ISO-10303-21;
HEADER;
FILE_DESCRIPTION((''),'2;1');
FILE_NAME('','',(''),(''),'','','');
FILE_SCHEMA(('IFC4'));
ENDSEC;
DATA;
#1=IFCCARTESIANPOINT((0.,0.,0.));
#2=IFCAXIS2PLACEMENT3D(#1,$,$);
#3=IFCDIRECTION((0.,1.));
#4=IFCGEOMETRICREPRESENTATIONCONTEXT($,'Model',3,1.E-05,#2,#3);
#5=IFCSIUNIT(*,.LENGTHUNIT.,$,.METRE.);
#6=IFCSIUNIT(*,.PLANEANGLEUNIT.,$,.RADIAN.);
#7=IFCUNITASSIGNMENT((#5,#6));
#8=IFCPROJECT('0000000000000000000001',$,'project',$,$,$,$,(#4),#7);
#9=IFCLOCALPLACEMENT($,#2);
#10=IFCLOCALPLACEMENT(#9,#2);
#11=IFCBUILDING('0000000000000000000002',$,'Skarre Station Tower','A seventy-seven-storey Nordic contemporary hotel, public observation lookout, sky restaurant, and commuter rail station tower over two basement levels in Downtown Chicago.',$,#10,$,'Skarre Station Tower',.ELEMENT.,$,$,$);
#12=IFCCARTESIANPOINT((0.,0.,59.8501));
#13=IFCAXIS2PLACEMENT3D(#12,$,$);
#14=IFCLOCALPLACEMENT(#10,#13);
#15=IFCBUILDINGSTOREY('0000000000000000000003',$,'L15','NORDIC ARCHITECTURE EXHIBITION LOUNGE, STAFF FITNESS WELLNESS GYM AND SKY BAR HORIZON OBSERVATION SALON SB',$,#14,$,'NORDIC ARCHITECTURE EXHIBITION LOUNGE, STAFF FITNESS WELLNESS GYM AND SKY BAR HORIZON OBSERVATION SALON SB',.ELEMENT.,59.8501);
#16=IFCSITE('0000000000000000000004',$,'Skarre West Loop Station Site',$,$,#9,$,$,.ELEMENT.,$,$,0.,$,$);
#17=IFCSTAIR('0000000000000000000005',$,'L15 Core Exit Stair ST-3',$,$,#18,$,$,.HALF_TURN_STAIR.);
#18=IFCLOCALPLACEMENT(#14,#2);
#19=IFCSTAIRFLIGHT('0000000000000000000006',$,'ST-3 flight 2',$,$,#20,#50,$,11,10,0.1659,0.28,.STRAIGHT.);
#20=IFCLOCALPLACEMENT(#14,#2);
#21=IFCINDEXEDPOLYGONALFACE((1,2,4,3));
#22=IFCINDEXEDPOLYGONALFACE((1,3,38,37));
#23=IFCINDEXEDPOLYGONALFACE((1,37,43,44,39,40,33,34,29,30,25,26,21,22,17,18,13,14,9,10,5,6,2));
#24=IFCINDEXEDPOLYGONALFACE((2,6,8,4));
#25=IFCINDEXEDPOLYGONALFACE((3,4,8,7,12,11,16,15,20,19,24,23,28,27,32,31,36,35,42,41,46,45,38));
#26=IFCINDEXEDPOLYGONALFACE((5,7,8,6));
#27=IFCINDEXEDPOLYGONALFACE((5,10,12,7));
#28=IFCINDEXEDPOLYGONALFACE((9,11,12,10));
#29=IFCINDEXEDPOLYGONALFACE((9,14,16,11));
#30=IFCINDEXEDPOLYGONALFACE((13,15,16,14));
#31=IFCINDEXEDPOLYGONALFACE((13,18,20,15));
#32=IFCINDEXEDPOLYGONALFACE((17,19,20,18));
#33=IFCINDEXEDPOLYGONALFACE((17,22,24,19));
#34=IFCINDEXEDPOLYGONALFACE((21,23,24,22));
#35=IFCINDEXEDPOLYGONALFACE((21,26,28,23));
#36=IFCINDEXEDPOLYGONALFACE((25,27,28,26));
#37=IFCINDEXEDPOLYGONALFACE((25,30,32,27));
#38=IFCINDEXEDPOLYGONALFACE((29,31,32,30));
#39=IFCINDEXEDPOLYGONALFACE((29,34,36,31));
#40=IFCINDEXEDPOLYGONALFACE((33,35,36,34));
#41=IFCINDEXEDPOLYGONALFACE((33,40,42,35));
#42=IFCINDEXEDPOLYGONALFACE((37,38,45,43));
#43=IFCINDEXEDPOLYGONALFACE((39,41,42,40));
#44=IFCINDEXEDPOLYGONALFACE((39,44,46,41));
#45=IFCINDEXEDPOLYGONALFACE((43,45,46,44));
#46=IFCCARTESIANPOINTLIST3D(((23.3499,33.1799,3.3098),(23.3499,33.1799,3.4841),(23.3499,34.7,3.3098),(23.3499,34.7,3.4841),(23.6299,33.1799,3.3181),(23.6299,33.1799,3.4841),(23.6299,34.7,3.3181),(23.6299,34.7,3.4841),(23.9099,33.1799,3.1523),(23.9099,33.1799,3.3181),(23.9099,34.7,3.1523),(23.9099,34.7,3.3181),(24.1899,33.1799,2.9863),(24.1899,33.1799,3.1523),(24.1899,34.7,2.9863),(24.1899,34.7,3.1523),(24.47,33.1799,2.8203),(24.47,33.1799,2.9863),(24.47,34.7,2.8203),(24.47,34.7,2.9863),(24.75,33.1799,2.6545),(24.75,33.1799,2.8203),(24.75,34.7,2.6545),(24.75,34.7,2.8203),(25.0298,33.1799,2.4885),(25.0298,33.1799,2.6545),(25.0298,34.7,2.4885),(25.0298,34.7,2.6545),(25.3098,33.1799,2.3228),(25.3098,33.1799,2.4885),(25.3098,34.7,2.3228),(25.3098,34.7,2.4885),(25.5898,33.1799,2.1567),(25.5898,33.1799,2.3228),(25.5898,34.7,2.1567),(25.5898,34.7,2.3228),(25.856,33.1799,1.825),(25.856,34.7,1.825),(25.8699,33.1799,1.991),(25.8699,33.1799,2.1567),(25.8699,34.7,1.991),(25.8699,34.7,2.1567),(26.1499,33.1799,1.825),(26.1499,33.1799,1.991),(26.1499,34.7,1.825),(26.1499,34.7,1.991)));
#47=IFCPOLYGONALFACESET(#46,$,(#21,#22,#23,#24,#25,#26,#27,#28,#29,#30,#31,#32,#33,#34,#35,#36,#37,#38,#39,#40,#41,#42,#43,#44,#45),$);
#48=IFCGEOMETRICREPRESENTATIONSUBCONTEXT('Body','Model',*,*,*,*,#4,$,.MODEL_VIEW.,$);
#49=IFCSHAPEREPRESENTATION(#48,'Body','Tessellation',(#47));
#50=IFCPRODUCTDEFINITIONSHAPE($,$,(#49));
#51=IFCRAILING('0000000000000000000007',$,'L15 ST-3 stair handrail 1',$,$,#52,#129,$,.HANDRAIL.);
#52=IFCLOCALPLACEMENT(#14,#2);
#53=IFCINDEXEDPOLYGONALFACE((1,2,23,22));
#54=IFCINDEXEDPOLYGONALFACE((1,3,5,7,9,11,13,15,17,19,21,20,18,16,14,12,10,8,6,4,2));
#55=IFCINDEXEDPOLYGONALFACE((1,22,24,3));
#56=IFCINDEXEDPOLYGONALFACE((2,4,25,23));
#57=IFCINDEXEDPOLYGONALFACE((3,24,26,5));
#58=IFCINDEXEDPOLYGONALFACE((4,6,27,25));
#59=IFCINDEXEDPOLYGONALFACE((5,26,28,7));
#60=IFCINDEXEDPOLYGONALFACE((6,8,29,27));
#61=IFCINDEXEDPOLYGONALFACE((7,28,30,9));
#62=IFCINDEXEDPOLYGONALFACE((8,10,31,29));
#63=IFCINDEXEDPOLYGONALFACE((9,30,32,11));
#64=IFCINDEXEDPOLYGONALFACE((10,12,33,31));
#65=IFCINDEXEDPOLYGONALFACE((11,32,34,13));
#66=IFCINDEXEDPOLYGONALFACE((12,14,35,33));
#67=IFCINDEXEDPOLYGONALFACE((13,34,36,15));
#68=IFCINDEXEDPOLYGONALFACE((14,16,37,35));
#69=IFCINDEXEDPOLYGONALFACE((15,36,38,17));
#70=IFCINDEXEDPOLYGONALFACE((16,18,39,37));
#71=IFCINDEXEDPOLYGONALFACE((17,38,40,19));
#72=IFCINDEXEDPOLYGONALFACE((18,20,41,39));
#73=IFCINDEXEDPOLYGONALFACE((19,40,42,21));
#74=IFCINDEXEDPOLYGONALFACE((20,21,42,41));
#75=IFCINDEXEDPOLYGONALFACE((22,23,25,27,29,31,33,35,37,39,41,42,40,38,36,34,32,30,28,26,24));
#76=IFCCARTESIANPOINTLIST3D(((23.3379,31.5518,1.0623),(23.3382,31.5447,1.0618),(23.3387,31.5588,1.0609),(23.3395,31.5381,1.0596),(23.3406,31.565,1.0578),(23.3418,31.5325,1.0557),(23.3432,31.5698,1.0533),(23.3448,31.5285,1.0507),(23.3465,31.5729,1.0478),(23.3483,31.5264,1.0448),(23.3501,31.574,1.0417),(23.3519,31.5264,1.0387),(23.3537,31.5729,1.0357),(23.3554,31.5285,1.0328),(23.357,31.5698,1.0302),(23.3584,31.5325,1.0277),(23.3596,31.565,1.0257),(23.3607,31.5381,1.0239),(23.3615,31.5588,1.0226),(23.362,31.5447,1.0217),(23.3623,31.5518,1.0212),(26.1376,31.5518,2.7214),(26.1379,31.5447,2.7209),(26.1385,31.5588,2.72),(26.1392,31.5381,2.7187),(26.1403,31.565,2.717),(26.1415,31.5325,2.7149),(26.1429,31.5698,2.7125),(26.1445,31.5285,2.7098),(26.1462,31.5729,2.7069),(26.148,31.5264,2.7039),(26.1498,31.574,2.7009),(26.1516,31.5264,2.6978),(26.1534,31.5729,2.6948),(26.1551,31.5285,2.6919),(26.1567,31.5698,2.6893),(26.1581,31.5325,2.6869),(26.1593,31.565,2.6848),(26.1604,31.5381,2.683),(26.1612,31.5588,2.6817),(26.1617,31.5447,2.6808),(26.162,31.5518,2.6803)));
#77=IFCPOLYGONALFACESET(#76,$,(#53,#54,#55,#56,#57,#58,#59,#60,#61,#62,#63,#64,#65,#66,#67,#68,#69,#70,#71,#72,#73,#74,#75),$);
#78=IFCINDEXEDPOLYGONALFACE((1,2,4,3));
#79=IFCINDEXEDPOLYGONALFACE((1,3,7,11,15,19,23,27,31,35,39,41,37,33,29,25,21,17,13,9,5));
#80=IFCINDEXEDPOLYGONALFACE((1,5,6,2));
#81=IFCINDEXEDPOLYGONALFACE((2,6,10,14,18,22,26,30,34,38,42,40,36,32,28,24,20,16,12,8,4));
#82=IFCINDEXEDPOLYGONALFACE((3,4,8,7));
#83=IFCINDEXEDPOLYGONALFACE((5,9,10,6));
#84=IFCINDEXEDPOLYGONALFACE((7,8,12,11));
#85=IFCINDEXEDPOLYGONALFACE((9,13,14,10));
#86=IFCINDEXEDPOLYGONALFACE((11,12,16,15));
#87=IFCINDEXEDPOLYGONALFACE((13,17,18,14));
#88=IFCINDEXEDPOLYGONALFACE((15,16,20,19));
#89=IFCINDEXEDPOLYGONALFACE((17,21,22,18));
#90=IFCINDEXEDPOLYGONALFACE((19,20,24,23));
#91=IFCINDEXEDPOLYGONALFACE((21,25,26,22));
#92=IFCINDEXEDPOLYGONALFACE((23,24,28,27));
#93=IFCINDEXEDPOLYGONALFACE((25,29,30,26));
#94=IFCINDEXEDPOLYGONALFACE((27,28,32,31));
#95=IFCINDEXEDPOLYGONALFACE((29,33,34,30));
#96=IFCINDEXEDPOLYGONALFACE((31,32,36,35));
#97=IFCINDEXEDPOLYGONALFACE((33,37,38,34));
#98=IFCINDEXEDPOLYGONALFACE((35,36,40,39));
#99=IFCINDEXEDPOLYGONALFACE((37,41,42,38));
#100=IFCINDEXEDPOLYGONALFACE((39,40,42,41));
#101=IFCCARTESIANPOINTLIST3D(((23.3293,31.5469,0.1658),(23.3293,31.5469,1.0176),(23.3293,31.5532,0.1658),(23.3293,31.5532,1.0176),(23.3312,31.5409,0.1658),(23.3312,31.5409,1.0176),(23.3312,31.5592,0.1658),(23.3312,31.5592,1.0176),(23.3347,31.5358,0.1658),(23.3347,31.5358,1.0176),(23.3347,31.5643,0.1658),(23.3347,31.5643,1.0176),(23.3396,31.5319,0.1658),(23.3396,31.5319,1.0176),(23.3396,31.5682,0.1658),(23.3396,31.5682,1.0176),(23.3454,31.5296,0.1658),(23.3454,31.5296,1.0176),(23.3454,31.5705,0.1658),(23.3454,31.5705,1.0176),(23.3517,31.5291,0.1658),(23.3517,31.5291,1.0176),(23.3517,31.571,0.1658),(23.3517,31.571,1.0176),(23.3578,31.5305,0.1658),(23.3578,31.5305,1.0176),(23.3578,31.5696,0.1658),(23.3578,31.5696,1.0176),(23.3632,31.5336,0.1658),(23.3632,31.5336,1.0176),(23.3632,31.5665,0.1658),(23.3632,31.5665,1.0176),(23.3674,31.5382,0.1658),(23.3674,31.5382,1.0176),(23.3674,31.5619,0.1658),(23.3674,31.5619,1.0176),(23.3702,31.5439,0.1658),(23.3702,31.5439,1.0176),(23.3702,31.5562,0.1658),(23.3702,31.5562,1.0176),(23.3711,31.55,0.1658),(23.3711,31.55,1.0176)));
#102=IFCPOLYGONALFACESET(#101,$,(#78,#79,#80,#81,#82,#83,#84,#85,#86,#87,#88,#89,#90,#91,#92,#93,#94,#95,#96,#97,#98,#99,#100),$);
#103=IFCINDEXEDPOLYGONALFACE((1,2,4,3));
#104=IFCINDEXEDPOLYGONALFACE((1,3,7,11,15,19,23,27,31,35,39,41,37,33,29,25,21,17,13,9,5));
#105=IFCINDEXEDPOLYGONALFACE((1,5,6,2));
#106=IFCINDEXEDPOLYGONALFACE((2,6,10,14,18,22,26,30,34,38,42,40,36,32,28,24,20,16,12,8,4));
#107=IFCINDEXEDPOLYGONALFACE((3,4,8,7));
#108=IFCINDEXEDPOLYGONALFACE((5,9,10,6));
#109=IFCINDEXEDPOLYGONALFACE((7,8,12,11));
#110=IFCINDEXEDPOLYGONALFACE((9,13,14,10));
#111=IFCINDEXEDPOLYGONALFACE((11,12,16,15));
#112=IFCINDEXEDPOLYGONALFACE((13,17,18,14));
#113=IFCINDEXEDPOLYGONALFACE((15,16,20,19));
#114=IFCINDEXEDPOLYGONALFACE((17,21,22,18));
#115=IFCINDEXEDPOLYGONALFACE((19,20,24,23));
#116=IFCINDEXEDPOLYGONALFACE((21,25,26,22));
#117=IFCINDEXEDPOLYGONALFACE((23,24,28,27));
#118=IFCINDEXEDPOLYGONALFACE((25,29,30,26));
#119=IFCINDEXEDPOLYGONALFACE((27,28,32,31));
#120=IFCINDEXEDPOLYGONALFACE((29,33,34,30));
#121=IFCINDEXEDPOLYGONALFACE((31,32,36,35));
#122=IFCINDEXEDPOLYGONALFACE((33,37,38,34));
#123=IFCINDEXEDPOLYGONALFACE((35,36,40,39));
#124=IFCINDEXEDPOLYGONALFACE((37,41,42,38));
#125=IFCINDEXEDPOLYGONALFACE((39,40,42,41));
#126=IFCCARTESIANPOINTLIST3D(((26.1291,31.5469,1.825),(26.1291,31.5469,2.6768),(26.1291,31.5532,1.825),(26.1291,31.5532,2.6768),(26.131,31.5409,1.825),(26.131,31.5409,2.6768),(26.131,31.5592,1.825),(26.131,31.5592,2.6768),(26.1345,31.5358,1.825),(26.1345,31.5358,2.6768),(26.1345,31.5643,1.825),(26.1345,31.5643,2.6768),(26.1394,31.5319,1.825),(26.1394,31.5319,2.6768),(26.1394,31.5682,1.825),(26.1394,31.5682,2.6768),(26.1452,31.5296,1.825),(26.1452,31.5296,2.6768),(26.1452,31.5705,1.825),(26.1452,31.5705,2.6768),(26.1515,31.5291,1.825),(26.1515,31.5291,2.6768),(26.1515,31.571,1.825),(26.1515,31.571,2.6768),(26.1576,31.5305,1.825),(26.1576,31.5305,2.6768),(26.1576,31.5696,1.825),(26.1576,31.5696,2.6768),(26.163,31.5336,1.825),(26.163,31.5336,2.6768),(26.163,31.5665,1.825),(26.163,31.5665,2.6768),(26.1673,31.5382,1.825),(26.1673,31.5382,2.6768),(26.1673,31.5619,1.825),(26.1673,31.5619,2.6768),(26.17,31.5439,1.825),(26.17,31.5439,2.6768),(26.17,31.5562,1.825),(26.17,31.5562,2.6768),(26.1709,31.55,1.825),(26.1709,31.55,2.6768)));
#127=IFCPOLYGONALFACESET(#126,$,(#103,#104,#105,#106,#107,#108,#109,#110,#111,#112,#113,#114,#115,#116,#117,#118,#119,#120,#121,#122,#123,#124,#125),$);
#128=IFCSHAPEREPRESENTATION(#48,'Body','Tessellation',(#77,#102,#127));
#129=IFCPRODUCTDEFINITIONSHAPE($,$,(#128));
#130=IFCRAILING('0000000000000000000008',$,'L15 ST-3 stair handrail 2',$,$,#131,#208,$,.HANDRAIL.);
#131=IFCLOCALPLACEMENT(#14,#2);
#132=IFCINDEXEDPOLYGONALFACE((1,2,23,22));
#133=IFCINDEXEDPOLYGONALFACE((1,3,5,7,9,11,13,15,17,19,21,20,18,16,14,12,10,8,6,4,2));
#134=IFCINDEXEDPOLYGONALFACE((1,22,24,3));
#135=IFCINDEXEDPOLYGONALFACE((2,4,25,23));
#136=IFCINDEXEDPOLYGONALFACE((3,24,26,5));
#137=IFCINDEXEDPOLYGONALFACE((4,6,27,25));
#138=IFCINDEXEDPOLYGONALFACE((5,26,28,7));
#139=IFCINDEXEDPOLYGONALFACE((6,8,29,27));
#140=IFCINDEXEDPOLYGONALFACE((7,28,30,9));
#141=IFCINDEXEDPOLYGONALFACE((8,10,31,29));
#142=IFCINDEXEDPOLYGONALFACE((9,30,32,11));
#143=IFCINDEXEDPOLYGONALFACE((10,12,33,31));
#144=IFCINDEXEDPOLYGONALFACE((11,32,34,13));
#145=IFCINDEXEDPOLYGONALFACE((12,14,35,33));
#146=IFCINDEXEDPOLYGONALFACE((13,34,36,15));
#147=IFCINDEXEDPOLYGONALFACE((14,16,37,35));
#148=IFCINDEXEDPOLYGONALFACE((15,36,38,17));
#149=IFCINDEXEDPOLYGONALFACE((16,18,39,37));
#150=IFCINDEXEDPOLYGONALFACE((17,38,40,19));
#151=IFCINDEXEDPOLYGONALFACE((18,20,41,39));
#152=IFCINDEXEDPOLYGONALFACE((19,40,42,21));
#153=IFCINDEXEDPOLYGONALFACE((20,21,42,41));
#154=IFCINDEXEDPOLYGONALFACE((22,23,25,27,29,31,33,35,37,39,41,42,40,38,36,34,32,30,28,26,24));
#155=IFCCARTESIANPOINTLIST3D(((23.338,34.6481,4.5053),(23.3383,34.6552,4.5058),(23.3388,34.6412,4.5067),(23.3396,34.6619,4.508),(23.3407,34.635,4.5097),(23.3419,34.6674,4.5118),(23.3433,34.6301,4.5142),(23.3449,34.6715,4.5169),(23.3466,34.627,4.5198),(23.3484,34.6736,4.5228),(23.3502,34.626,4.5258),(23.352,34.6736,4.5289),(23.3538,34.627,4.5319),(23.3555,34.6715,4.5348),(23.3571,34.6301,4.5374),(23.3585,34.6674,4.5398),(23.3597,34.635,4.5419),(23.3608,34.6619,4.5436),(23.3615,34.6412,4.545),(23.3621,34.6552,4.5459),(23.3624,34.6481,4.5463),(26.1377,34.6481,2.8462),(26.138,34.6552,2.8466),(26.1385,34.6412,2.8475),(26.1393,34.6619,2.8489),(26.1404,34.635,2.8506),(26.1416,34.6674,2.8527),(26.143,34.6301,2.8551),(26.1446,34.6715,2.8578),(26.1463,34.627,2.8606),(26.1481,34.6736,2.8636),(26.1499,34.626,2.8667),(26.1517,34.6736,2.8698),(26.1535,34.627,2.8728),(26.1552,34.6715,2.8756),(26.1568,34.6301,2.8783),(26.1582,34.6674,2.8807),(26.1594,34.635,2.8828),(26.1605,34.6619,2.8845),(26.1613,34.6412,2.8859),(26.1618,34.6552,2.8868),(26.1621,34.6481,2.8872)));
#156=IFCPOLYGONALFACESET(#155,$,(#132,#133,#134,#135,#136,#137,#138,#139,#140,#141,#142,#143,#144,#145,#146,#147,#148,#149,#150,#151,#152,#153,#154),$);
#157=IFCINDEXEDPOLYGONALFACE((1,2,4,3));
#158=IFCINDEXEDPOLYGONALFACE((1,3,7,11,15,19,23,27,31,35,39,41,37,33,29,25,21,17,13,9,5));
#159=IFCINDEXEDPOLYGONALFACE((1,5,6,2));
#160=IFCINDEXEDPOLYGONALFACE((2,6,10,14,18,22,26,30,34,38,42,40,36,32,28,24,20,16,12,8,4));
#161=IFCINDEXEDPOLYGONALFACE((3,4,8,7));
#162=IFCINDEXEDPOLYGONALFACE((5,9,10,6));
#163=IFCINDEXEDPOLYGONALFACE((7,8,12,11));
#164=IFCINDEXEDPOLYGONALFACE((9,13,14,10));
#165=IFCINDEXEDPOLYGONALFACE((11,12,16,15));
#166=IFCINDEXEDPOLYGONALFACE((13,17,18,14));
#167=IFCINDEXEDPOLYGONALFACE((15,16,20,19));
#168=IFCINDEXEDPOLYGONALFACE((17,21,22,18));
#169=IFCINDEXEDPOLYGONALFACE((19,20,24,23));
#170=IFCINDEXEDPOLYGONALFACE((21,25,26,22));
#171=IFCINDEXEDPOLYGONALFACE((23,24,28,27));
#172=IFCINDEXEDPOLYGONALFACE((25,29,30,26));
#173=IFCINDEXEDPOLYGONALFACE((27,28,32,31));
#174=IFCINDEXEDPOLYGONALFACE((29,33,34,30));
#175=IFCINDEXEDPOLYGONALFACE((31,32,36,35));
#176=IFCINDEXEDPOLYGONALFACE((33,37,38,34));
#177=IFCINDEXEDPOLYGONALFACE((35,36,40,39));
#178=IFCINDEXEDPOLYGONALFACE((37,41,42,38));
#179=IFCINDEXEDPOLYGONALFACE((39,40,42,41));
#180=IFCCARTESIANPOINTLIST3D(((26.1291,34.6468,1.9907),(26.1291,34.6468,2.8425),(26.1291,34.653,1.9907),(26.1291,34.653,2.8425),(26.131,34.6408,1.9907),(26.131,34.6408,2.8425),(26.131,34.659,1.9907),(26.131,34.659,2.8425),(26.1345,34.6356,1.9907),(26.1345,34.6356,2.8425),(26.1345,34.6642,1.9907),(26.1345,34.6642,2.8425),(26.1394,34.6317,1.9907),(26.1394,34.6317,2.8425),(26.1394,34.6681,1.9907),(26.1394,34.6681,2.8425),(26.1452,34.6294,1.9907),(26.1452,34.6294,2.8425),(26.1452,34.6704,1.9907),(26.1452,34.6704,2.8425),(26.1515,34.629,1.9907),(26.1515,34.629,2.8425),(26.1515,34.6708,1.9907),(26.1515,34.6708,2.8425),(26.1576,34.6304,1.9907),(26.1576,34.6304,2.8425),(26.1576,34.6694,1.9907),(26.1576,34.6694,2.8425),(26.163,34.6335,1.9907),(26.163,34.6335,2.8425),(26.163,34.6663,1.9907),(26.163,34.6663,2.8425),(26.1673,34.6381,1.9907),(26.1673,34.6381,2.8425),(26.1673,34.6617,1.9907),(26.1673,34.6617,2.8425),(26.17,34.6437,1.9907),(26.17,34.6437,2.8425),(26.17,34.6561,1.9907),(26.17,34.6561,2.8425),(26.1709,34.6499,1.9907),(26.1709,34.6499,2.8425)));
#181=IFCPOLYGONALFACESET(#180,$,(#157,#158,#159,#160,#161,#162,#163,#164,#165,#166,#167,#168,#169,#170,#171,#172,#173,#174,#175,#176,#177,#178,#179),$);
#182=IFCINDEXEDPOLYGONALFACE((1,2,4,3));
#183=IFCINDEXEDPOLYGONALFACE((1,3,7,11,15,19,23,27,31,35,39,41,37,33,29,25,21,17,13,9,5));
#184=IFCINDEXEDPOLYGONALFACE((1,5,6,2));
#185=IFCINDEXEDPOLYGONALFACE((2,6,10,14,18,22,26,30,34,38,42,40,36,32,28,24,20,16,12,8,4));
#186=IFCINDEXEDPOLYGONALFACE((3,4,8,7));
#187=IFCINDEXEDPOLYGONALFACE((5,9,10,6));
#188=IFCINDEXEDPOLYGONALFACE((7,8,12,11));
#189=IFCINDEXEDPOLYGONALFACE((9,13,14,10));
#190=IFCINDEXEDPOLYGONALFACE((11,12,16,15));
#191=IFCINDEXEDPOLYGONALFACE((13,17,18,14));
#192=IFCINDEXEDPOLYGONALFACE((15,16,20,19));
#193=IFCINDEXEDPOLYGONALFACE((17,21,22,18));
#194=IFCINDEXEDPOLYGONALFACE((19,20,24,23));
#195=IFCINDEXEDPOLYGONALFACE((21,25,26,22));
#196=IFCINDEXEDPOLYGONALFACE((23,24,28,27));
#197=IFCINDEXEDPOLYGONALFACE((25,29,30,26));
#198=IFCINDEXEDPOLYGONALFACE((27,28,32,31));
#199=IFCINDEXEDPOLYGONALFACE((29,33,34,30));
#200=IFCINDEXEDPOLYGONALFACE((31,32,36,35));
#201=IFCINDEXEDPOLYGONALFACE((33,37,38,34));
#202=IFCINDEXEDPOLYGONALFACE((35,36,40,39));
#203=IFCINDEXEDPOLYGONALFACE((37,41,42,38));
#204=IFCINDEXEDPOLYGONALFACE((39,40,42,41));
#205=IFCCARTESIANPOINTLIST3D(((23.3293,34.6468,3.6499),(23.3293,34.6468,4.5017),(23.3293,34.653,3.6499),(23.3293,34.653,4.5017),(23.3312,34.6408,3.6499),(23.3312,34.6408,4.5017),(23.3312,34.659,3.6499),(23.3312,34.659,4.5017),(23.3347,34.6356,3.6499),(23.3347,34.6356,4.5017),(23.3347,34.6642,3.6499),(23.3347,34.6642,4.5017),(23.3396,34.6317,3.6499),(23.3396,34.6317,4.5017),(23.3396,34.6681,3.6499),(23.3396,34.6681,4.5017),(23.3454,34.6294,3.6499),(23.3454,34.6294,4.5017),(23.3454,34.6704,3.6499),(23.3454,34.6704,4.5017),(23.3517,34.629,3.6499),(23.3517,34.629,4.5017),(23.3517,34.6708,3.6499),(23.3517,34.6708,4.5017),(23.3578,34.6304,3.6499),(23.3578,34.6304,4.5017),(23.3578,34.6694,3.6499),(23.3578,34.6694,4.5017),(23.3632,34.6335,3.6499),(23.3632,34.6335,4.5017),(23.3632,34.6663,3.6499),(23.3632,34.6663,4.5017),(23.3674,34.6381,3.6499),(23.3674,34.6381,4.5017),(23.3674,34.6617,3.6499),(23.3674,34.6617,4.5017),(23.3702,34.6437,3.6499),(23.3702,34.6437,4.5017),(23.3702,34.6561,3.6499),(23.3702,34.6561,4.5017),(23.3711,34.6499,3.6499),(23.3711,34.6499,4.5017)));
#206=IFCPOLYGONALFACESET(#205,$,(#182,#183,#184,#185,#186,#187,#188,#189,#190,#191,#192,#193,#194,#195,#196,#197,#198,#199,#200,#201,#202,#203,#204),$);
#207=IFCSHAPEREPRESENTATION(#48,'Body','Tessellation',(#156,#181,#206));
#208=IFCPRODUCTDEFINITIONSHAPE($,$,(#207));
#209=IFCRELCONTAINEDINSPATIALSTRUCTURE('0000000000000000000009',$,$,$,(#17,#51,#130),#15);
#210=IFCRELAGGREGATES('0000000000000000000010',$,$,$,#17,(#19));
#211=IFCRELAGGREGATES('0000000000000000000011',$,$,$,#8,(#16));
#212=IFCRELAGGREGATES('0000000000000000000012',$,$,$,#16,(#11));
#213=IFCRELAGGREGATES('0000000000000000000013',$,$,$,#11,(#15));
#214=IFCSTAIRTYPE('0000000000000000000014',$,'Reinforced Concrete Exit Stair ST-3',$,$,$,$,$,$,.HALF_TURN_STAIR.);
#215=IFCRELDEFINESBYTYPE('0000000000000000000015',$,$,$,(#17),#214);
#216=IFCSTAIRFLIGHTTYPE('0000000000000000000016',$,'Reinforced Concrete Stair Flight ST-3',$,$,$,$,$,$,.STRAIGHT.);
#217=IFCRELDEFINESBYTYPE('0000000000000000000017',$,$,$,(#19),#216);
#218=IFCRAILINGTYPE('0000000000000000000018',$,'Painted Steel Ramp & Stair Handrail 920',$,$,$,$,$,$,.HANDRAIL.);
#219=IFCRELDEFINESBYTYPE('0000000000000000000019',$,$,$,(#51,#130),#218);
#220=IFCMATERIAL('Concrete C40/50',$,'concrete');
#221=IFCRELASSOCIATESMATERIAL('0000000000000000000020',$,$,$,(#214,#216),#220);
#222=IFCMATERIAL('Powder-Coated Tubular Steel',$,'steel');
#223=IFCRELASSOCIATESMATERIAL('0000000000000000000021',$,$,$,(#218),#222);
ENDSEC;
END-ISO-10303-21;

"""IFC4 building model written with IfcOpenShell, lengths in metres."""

from ifc_helpers import new_model, si_unit, direction, frame, origin, origin_2d, place, context, subcontext, project, spatial, polyline, circle, outline, extrude, material, type_object, element, aggregate, save


model = new_model("IFC4")

# Units and contexts
model_context = context("Model", 3, precision=1e-05, world=origin(), true_north=direction((0.0, 1.0)))
body_context = subcontext(model_context, "Body", "Model", "MODEL_VIEW")
ifc_project = project(units=[si_unit("LENGTHUNIT", "METRE"), si_unit("PLANEANGLEUNIT", "RADIAN")], contexts=[model_context])

# Site, building, storey
site_placement = place(None, origin())
site = spatial("IfcSite", under=ifc_project, at=site_placement, Name="Skarre West Loop Station Site", CompositionType="ELEMENT", RefElevation=0.0)
building_placement = place(site_placement, origin())
building = spatial("IfcBuilding", under=site, at=building_placement, Name="Skarre Station Tower", Description="A seventy-seven-storey Nordic contemporary hotel, public observation lookout, sky restaurant, and commuter rail station tower over two basement levels in Downtown Chicago.", LongName="Skarre Station Tower", CompositionType="ELEMENT")
storey_placement = place(building_placement, frame((0.0, 0.0, 59.8501)))
storey = spatial("IfcBuildingStorey", under=building, at=storey_placement, Name="L15", Description="NORDIC ARCHITECTURE EXHIBITION LOUNGE, STAFF FITNESS WELLNESS GYM AND SKY BAR HORIZON OBSERVATION SALON SB", LongName="NORDIC ARCHITECTURE EXHIBITION LOUNGE, STAFF FITNESS WELLNESS GYM AND SKY BAR HORIZON OBSERVATION SALON SB", CompositionType="ELEMENT", Elevation=59.8501)

# Stair, stair flight
ifc_material_1 = material(Name="Concrete C40/50", Category="concrete")
stair_type = type_object("IfcStairType", Name="Reinforced Concrete Exit Stair ST-3", PredefinedType="HALF_TURN_STAIR", material=ifc_material_1)
stair_placement = place(storey_placement, origin())
stair = element("IfcStair", 1, at=stair_placement, inside=storey, type_object=stair_type, Name="L15 Core Exit Stair ST-3", PredefinedType="HALF_TURN_STAIR")
stair_flight_type = type_object("IfcStairFlightType", Name="Reinforced Concrete Stair Flight ST-3", PredefinedType="STRAIGHT", material=ifc_material_1)
stair_flight_1_placement = place(storey_placement, frame((26.1499, 33.9399, 1.825), z_axis=(0.0, 0.0, 1.0), x_axis=(-1.0, 0.0, 0.0)))
stair_flight_1 = element("IfcStairFlight", 2, at=stair_flight_1_placement, type_object=stair_flight_type, Name="ST-3 flight 2", NumberOfRisers=11, NumberOfTreads=10, PredefinedType="STRAIGHT", RiserHeight=0.1659, TreadLength=0.28, context=body_context, shape_type="SweptSolid", body=[
    extrude(outline(polyline([(0.0, 0.0), (0.0, 0.166), (0.28, 0.166), (0.28, 0.3318), (0.5601, 0.3318), (0.5601, 0.4978), (0.8401, 0.4978), (0.8401, 0.6636), (1.1201, 0.6636), (1.1201, 0.8296), (1.3999, 0.8296), (1.3999, 0.9954), (1.6799, 0.9954), (1.6799, 1.1614), (1.96, 1.1614), (1.96, 1.3274), (2.24, 1.3274), (2.24, 1.4932), (2.52, 1.4932), (2.52, 1.6592), (2.8, 1.6592), (2.8, 1.825), (2.8, 1.4849), (0.2939, 0.0), (0.0, 0.0)])), frame((0.0, 0.76, 0.0), z_axis=(0.0, -1.0, 0.0), x_axis=(1.0, 0.0, 0.0)), (0.0, 0.0, 1.0), 1.52),
])
aggregate(stair, [stair_flight_1])

# Railings
ifc_material_2 = material(Name="Powder-Coated Tubular Steel", Category="steel")
railing_type_1 = type_object("IfcRailingType", Name="Painted Steel Ramp & Stair Handrail 920", PredefinedType="HANDRAIL", material=ifc_material_2)
railing_1_placement = place(storey_placement, frame((23.3501, 31.55, 0.1658)))
element("IfcRailing", 3, at=railing_1_placement, inside=storey, type_object=railing_type_1, Name="L15 ST-3 stair handrail 1", PredefinedType="HANDRAIL", context=body_context, shape_type="SweptSolid", body=[
    extrude(circle(Radius=0.0239, at=origin_2d()), frame((0.0, 0.0, 0.876), z_axis=(0.860287, 0.0, 0.509811), x_axis=(0.0, 1.0, 0.0)), (0.0, 0.0, 1.0), 3.2544),
    extrude(circle(Radius=0.021, at=origin_2d()), origin(), (0.0, 0.0, 1.0), 0.8518),
    extrude(circle(Radius=0.021, at=origin_2d()), frame((2.7998, 0.0, 1.6592)), (0.0, 0.0, 1.0), 0.8518),
])
railing_2_placement = place(storey_placement, frame((26.1499, 34.6499, 1.9907)))
element("IfcRailing", 4, at=railing_2_placement, inside=storey, type_object=railing_type_1, Name="L15 ST-3 stair handrail 2", PredefinedType="HANDRAIL", context=body_context, shape_type="SweptSolid", body=[
    extrude(circle(Radius=0.0239, at=origin_2d()), frame((0.0, 0.0, 0.876), z_axis=(-0.860287, 0.0, 0.509811), x_axis=(0.0, -1.0, 0.0)), (0.0, 0.0, 1.0), 3.2544),
    extrude(circle(Radius=0.021, at=origin_2d()), origin(), (0.0, 0.0, 1.0), 0.8518),
    extrude(circle(Radius=0.021, at=origin_2d()), frame((-2.7998, 0.0, 1.6592)), (0.0, 0.0, 1.0), 0.8518),
])

save(model, "model.ifc")
